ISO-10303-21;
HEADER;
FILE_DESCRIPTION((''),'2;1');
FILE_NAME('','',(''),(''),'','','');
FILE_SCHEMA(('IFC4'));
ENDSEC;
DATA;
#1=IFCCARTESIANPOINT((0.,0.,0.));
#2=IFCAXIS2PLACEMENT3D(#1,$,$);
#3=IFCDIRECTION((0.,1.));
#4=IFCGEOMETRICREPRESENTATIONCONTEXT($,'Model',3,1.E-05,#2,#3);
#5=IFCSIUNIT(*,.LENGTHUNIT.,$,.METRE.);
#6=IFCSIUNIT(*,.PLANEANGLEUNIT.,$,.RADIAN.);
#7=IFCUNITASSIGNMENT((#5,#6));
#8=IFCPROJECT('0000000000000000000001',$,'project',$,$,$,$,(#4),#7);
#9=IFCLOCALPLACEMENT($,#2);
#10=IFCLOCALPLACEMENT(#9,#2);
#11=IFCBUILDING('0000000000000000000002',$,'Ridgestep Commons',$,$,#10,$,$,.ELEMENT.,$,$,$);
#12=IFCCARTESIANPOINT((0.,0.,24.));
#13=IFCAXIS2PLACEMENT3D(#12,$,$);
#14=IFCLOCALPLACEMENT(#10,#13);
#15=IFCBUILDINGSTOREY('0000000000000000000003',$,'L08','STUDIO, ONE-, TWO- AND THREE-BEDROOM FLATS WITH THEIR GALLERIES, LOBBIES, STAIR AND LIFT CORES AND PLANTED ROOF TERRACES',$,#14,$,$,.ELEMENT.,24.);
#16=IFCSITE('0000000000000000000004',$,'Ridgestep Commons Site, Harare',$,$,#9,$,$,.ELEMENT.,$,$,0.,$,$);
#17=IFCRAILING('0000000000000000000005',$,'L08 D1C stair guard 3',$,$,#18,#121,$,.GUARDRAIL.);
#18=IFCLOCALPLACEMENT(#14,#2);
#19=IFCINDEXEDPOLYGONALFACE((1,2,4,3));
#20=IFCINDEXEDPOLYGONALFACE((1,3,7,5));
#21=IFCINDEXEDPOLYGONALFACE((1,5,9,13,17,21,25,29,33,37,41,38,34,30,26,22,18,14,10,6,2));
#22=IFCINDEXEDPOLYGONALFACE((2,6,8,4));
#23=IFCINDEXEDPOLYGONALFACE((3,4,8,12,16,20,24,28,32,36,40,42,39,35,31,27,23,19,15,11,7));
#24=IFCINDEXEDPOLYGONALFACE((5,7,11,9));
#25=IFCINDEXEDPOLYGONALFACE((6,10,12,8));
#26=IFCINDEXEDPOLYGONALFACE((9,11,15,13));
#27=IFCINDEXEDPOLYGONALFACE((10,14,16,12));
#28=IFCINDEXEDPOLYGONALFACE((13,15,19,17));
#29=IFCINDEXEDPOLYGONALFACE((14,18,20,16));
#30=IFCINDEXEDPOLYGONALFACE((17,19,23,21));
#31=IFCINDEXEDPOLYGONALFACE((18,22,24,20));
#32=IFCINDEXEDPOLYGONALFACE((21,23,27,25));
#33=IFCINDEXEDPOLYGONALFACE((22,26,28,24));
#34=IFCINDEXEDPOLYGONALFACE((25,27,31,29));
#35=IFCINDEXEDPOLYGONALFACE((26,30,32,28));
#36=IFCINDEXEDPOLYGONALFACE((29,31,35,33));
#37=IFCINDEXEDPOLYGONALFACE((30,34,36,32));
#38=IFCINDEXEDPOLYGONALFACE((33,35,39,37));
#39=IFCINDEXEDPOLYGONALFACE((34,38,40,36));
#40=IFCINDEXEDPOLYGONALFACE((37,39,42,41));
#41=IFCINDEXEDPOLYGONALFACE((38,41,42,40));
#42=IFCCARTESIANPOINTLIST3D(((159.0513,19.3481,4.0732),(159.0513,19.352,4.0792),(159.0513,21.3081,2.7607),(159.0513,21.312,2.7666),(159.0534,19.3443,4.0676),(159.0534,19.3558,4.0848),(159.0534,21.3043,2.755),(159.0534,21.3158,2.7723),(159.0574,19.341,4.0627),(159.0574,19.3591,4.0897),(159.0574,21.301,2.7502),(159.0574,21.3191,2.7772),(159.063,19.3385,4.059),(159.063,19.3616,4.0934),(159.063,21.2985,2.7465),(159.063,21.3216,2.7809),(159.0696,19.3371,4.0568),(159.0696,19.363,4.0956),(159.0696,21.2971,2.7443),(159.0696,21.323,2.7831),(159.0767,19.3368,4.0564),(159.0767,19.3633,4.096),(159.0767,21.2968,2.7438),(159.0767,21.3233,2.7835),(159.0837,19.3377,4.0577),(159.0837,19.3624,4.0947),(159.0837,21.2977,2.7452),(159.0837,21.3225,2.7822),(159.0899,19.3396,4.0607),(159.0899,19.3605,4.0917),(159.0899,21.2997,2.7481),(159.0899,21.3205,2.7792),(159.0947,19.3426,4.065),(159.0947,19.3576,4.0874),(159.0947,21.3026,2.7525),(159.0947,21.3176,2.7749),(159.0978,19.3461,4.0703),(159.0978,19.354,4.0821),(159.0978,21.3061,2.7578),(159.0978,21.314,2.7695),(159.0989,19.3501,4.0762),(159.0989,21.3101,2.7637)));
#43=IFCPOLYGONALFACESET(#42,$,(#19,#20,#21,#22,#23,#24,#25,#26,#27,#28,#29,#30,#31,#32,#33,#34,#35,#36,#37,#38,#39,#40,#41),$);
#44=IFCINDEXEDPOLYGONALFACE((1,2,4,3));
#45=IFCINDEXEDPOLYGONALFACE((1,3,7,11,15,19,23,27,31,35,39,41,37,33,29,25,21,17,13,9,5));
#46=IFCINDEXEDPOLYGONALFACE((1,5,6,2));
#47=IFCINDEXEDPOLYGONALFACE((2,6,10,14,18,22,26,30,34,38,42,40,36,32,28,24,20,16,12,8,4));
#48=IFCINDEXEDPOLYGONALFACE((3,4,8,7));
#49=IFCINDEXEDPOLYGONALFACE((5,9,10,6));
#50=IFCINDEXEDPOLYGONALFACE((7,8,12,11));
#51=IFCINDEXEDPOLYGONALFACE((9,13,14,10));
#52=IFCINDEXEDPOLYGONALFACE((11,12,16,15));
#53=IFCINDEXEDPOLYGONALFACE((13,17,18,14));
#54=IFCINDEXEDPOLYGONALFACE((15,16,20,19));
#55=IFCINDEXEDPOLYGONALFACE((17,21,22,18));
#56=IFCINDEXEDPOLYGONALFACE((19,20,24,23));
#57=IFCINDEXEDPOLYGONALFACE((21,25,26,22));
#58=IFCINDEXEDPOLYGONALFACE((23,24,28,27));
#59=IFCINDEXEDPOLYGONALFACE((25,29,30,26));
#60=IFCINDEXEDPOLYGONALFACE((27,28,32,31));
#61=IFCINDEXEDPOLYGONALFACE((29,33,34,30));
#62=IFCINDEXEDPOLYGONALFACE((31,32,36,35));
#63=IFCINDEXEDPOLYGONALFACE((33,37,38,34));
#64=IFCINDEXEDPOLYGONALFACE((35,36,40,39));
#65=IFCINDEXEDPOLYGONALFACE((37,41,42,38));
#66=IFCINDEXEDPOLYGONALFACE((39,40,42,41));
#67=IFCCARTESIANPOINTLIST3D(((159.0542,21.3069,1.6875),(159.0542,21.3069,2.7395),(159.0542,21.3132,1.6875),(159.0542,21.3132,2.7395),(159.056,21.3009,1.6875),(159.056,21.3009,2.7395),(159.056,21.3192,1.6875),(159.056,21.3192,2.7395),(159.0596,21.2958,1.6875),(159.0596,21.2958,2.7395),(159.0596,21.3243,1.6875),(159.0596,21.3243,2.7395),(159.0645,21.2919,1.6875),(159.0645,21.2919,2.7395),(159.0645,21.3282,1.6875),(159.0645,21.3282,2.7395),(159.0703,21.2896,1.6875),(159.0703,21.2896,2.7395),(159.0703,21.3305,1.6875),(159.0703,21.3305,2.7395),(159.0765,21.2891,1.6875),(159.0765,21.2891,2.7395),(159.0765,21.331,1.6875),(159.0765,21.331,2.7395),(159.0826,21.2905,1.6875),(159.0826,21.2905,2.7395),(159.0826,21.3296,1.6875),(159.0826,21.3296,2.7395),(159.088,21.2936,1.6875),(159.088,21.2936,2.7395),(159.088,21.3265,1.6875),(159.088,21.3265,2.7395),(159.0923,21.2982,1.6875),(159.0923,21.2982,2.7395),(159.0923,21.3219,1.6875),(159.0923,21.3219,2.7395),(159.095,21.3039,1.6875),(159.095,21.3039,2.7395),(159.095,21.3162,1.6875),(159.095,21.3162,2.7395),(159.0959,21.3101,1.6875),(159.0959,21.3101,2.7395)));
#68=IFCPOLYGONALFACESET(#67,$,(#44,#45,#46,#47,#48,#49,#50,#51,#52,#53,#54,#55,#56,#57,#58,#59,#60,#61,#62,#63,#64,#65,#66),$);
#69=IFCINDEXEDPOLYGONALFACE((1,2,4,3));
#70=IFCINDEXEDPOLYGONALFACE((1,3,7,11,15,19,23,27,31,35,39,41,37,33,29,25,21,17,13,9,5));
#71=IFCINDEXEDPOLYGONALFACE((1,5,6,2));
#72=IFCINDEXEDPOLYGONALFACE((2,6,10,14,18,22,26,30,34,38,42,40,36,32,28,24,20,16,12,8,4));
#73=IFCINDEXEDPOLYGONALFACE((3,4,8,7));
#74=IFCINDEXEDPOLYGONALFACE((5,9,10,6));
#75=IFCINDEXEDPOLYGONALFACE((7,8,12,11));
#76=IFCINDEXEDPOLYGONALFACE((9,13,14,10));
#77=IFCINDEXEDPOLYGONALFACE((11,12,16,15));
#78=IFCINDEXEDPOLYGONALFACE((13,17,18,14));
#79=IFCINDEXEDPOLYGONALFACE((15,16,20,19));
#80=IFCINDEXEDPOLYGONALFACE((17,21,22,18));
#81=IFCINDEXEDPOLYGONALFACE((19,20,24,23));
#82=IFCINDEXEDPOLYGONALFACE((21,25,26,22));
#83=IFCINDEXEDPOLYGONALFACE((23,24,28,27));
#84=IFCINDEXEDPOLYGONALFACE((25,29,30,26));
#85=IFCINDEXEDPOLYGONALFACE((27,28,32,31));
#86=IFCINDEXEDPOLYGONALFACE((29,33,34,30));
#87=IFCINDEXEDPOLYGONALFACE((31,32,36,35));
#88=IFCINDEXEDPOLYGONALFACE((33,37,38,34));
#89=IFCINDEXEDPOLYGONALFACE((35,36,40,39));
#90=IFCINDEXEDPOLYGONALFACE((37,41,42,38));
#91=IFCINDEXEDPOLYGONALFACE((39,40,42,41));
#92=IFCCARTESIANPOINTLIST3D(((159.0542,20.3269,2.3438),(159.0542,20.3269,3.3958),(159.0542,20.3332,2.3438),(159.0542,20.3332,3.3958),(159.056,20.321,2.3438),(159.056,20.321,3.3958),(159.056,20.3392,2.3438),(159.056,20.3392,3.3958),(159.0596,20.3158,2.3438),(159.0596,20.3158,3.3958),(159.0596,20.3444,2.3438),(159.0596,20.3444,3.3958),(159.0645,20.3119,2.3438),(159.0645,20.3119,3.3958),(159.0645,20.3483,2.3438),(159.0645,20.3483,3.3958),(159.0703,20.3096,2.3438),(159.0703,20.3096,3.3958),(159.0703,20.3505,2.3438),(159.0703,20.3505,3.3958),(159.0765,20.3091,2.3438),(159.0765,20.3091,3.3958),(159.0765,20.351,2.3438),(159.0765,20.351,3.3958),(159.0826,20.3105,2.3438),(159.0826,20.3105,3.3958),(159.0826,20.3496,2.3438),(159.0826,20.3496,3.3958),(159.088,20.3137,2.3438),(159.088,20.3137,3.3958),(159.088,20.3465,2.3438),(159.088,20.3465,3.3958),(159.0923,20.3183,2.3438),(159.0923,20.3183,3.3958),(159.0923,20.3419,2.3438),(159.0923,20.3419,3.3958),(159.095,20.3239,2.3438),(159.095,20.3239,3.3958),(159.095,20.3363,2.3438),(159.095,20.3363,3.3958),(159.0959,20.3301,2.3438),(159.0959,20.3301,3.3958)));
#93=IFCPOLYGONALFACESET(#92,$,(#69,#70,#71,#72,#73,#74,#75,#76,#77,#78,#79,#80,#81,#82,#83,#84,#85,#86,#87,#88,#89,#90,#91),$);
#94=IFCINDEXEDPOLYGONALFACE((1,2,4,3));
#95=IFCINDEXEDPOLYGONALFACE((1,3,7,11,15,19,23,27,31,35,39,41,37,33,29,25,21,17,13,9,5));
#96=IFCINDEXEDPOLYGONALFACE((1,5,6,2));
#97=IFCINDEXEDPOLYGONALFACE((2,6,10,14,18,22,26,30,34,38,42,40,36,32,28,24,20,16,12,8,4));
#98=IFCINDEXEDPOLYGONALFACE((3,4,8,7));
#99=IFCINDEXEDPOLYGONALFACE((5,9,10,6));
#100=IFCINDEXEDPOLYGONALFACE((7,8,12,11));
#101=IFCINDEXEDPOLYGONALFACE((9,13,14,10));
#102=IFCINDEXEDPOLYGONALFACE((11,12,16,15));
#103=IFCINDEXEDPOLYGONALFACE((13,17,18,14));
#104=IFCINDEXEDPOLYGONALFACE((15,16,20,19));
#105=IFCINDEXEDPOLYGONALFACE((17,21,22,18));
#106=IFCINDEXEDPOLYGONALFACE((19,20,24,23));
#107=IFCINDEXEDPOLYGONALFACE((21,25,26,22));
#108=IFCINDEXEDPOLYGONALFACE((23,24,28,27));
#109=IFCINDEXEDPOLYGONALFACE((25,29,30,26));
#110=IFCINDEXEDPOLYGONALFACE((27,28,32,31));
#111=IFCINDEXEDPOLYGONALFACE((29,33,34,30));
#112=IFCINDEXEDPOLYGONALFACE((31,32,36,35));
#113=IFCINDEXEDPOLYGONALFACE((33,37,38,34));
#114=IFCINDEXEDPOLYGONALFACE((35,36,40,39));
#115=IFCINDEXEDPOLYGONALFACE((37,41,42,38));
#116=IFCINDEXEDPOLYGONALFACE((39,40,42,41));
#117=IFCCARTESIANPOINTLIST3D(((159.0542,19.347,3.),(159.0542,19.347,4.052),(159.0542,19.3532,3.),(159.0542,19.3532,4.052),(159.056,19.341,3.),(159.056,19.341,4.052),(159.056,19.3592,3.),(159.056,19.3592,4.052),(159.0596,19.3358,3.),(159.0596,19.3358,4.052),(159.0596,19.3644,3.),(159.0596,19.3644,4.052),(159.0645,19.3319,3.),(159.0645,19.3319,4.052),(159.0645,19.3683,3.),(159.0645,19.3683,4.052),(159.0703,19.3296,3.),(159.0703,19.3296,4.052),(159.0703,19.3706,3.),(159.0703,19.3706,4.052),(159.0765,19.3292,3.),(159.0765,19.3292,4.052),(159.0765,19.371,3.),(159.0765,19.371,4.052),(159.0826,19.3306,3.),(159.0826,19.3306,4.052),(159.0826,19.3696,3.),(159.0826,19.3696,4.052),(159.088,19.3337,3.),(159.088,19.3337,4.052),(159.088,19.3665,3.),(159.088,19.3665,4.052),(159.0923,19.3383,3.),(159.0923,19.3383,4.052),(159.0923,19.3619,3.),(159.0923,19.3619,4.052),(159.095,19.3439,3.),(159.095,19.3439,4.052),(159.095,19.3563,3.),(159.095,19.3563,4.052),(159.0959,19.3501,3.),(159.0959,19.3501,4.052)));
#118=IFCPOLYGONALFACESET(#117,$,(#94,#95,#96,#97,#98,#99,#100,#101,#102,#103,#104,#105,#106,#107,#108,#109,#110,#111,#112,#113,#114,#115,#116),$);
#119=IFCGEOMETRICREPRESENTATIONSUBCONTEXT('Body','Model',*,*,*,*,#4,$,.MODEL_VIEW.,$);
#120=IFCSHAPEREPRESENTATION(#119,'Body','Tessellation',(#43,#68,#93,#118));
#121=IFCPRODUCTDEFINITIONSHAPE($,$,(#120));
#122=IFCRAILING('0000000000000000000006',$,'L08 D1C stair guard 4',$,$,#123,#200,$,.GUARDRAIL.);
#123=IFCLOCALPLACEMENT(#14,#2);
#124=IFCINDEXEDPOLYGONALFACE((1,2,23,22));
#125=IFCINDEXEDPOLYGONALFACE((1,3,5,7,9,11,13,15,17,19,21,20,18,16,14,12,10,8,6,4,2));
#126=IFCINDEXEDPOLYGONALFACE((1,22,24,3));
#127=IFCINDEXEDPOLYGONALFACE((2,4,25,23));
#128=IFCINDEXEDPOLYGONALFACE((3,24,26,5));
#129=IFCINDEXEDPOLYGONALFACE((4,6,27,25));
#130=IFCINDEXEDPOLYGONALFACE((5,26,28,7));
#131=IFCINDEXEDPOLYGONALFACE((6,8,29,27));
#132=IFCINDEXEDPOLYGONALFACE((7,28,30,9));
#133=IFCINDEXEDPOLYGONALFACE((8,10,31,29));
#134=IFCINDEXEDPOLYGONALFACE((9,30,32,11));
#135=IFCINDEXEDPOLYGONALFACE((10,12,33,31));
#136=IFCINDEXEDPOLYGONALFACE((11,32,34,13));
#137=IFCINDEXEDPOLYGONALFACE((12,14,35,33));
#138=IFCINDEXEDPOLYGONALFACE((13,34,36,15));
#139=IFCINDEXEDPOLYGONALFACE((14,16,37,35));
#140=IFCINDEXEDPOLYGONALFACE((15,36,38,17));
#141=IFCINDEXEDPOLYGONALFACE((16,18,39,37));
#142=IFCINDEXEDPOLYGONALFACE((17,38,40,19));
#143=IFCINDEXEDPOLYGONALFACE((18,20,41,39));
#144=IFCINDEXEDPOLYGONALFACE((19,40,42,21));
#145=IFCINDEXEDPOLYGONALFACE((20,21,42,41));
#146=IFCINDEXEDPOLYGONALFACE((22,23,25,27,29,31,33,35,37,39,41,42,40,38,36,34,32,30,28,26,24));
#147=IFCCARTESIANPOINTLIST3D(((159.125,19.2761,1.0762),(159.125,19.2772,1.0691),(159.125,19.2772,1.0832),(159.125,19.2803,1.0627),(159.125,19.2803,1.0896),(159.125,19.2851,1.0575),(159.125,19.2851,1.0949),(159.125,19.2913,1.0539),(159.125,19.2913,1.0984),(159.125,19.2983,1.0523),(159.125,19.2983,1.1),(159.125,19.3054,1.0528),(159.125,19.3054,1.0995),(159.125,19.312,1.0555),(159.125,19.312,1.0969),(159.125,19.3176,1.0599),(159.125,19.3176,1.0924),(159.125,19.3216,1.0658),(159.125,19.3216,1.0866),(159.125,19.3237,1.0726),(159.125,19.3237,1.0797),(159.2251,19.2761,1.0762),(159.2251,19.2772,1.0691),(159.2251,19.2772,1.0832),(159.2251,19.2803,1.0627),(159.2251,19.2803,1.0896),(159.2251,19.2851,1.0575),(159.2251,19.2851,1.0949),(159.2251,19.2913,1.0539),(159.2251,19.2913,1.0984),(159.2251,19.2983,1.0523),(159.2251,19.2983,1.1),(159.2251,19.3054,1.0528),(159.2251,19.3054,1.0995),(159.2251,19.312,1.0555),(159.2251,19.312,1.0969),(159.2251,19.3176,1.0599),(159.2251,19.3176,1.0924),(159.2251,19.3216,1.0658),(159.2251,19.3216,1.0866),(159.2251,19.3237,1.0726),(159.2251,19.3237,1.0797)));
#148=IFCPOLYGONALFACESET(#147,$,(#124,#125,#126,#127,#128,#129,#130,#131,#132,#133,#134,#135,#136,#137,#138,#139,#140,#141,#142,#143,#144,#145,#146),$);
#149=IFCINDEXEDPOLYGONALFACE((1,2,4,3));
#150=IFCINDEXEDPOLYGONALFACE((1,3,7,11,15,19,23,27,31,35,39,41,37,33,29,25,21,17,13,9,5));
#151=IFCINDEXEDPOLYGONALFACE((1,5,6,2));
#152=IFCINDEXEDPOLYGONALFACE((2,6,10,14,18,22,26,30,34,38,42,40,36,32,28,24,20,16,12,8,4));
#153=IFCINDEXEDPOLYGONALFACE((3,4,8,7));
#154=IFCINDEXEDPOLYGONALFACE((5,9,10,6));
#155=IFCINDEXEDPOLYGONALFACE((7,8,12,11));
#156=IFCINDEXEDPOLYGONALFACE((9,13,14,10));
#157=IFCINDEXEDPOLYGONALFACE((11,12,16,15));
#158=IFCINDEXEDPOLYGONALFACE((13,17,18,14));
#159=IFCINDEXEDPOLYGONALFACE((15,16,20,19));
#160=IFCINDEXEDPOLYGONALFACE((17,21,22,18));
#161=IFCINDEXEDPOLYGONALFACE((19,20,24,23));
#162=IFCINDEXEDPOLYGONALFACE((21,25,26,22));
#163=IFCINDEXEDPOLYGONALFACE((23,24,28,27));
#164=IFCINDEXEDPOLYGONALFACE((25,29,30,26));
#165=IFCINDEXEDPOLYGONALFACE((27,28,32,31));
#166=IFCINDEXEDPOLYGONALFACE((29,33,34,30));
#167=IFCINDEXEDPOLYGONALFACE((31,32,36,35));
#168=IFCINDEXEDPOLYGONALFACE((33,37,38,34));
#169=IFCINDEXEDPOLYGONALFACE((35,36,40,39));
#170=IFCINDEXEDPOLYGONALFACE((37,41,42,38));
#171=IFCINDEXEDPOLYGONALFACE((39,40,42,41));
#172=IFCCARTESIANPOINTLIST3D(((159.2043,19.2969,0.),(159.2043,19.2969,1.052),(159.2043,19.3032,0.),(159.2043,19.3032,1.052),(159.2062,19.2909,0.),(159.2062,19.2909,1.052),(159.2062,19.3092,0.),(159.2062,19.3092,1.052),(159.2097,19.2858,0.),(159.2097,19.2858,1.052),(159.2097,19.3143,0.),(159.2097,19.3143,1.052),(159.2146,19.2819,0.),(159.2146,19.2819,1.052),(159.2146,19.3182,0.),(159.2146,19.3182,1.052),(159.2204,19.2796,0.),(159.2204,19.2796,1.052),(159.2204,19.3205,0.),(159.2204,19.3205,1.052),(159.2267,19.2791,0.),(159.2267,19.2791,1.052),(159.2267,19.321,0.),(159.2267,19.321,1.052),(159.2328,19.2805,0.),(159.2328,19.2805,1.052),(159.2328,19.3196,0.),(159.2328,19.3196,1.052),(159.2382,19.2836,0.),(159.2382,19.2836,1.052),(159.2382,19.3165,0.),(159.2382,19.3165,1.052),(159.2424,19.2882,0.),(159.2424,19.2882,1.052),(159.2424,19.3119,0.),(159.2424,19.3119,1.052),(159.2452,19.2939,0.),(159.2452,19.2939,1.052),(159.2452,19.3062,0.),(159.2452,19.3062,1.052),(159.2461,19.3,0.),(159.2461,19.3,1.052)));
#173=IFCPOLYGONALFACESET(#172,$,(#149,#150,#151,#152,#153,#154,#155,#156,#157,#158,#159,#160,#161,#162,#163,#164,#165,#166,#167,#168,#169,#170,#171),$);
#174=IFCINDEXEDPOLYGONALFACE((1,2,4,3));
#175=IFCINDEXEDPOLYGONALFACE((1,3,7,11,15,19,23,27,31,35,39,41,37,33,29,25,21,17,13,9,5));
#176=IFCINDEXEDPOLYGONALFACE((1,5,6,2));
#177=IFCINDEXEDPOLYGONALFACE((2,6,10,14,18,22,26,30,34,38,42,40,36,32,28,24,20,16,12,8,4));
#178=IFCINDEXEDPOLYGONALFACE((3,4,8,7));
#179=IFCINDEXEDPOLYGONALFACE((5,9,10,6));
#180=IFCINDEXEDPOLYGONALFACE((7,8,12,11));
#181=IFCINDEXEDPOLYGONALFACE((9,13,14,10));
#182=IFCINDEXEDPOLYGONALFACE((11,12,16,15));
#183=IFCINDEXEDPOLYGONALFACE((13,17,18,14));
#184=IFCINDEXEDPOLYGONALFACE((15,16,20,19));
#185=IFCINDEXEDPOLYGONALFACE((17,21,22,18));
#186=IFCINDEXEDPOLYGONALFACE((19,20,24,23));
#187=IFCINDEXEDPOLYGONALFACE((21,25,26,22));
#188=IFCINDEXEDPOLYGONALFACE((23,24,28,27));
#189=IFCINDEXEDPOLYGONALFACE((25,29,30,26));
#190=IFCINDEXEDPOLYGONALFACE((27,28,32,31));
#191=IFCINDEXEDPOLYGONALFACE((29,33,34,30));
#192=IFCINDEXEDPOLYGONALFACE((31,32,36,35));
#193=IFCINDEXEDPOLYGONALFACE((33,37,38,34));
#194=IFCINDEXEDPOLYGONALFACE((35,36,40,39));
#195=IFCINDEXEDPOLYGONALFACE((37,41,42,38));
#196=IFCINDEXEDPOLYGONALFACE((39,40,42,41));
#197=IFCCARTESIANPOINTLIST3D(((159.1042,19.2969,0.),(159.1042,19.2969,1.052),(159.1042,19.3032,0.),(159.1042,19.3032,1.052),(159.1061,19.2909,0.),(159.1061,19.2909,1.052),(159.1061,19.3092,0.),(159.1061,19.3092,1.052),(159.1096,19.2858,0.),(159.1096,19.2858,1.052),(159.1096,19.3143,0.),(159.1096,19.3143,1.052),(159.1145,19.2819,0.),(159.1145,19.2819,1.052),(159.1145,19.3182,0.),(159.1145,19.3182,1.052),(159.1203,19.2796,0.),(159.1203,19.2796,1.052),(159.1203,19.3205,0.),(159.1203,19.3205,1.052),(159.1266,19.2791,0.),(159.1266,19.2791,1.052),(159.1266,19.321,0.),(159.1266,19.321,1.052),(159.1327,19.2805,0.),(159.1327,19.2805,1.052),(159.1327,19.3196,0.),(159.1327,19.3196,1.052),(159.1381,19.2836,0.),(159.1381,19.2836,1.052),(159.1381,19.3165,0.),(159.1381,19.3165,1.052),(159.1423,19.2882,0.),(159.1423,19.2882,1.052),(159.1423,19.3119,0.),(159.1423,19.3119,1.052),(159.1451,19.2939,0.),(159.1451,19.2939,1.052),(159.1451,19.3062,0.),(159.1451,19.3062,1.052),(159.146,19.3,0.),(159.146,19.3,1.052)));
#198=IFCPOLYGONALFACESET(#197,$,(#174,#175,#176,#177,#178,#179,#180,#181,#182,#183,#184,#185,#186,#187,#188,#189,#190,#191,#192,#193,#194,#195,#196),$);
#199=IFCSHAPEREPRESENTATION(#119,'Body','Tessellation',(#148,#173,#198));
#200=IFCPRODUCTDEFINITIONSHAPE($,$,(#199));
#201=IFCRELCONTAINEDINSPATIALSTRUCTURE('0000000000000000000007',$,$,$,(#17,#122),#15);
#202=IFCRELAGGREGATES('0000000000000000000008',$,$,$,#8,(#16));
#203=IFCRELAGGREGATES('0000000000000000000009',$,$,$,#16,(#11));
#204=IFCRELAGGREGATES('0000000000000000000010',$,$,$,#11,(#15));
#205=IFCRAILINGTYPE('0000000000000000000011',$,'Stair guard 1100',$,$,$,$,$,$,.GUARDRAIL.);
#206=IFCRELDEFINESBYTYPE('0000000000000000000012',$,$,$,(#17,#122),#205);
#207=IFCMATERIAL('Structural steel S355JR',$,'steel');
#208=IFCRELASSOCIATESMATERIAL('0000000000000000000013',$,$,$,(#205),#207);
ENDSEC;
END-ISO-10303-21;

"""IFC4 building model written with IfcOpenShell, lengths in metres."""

from ifc_helpers import new_model, si_unit, direction, frame, origin, origin_2d, place, context, subcontext, project, spatial, circle, extrude, material, type_object, element, save


model = new_model("IFC4")

# Units and contexts
model_context = context("Model", 3, precision=1e-05, world=origin(), true_north=direction((0.0, 1.0)))
body_context = subcontext(model_context, "Body", "Model", "MODEL_VIEW")
ifc_project = project(units=[si_unit("LENGTHUNIT", "METRE"), si_unit("PLANEANGLEUNIT", "RADIAN")], contexts=[model_context])

# Site, building, storey
site_placement = place(None, origin())
site = spatial("IfcSite", under=ifc_project, at=site_placement, Name="Ridgestep Commons Site, Harare", CompositionType="ELEMENT", RefElevation=0.0)
building_placement = place(site_placement, origin())
building = spatial("IfcBuilding", under=site, at=building_placement, Name="Ridgestep Commons", CompositionType="ELEMENT")
storey_placement = place(building_placement, frame((0.0, 0.0, 24.0)))
storey = spatial("IfcBuildingStorey", under=building, at=storey_placement, Name="L08", Description="STUDIO, ONE-, TWO- AND THREE-BEDROOM FLATS WITH THEIR GALLERIES, LOBBIES, STAIR AND LIFT CORES AND PLANTED ROOF TERRACES", CompositionType="ELEMENT", Elevation=24.0)

# Railings
ifc_material_1 = material(Name="Structural steel S355JR", Category="steel")
railing_type_1 = type_object("IfcRailingType", Name="Stair guard 1100", PredefinedType="GUARDRAIL", material=ifc_material_1)
railing_1_placement = place(storey_placement, frame((159.075, 21.3101, 1.6875)))
element("IfcRailing", 1, at=railing_1_placement, inside=storey, type_object=railing_type_1, Name="L08 D1C stair guard 3", PredefinedType="GUARDRAIL", context=body_context, shape_type="SweptSolid", body=[
    extrude(circle(Radius=0.0239, at=origin_2d()), frame((0.0, 0.0, 1.0762), z_axis=(0.0, -0.830902, 0.556419), x_axis=(1.0, 0.0, 0.0)), (0.0, 0.0, 1.0), 2.3589),
    extrude(circle(Radius=0.021, at=origin_2d()), origin(), (0.0, 0.0, 1.0), 1.052),
    extrude(circle(Radius=0.021, at=origin_2d()), frame((0.0, -0.98, 0.6562)), (0.0, 0.0, 1.0), 1.052),
    extrude(circle(Radius=0.021, at=origin_2d()), frame((0.0, -1.96, 1.3125)), (0.0, 0.0, 1.0), 1.052),
])
railing_2_placement = place(storey_placement, frame((159.2251, 19.3, 0.0)))
element("IfcRailing", 2, at=railing_2_placement, inside=storey, type_object=railing_type_1, Name="L08 D1C stair guard 4", PredefinedType="GUARDRAIL", context=body_context, shape_type="SweptSolid", body=[
    extrude(circle(Radius=0.0239, at=origin_2d()), frame((0.0, 0.0, 1.0762), z_axis=(-1.0, 0.0, 0.0), x_axis=(0.0, -1.0, 0.0)), (0.0, 0.0, 1.0), 0.1001),
    extrude(circle(Radius=0.021, at=origin_2d()), origin(), (0.0, 0.0, 1.0), 1.052),
    extrude(circle(Radius=0.021, at=origin_2d()), frame((-0.1001, 0.0, 0.0)), (0.0, 0.0, 1.0), 1.052),
])

save(model, "model.ifc")
